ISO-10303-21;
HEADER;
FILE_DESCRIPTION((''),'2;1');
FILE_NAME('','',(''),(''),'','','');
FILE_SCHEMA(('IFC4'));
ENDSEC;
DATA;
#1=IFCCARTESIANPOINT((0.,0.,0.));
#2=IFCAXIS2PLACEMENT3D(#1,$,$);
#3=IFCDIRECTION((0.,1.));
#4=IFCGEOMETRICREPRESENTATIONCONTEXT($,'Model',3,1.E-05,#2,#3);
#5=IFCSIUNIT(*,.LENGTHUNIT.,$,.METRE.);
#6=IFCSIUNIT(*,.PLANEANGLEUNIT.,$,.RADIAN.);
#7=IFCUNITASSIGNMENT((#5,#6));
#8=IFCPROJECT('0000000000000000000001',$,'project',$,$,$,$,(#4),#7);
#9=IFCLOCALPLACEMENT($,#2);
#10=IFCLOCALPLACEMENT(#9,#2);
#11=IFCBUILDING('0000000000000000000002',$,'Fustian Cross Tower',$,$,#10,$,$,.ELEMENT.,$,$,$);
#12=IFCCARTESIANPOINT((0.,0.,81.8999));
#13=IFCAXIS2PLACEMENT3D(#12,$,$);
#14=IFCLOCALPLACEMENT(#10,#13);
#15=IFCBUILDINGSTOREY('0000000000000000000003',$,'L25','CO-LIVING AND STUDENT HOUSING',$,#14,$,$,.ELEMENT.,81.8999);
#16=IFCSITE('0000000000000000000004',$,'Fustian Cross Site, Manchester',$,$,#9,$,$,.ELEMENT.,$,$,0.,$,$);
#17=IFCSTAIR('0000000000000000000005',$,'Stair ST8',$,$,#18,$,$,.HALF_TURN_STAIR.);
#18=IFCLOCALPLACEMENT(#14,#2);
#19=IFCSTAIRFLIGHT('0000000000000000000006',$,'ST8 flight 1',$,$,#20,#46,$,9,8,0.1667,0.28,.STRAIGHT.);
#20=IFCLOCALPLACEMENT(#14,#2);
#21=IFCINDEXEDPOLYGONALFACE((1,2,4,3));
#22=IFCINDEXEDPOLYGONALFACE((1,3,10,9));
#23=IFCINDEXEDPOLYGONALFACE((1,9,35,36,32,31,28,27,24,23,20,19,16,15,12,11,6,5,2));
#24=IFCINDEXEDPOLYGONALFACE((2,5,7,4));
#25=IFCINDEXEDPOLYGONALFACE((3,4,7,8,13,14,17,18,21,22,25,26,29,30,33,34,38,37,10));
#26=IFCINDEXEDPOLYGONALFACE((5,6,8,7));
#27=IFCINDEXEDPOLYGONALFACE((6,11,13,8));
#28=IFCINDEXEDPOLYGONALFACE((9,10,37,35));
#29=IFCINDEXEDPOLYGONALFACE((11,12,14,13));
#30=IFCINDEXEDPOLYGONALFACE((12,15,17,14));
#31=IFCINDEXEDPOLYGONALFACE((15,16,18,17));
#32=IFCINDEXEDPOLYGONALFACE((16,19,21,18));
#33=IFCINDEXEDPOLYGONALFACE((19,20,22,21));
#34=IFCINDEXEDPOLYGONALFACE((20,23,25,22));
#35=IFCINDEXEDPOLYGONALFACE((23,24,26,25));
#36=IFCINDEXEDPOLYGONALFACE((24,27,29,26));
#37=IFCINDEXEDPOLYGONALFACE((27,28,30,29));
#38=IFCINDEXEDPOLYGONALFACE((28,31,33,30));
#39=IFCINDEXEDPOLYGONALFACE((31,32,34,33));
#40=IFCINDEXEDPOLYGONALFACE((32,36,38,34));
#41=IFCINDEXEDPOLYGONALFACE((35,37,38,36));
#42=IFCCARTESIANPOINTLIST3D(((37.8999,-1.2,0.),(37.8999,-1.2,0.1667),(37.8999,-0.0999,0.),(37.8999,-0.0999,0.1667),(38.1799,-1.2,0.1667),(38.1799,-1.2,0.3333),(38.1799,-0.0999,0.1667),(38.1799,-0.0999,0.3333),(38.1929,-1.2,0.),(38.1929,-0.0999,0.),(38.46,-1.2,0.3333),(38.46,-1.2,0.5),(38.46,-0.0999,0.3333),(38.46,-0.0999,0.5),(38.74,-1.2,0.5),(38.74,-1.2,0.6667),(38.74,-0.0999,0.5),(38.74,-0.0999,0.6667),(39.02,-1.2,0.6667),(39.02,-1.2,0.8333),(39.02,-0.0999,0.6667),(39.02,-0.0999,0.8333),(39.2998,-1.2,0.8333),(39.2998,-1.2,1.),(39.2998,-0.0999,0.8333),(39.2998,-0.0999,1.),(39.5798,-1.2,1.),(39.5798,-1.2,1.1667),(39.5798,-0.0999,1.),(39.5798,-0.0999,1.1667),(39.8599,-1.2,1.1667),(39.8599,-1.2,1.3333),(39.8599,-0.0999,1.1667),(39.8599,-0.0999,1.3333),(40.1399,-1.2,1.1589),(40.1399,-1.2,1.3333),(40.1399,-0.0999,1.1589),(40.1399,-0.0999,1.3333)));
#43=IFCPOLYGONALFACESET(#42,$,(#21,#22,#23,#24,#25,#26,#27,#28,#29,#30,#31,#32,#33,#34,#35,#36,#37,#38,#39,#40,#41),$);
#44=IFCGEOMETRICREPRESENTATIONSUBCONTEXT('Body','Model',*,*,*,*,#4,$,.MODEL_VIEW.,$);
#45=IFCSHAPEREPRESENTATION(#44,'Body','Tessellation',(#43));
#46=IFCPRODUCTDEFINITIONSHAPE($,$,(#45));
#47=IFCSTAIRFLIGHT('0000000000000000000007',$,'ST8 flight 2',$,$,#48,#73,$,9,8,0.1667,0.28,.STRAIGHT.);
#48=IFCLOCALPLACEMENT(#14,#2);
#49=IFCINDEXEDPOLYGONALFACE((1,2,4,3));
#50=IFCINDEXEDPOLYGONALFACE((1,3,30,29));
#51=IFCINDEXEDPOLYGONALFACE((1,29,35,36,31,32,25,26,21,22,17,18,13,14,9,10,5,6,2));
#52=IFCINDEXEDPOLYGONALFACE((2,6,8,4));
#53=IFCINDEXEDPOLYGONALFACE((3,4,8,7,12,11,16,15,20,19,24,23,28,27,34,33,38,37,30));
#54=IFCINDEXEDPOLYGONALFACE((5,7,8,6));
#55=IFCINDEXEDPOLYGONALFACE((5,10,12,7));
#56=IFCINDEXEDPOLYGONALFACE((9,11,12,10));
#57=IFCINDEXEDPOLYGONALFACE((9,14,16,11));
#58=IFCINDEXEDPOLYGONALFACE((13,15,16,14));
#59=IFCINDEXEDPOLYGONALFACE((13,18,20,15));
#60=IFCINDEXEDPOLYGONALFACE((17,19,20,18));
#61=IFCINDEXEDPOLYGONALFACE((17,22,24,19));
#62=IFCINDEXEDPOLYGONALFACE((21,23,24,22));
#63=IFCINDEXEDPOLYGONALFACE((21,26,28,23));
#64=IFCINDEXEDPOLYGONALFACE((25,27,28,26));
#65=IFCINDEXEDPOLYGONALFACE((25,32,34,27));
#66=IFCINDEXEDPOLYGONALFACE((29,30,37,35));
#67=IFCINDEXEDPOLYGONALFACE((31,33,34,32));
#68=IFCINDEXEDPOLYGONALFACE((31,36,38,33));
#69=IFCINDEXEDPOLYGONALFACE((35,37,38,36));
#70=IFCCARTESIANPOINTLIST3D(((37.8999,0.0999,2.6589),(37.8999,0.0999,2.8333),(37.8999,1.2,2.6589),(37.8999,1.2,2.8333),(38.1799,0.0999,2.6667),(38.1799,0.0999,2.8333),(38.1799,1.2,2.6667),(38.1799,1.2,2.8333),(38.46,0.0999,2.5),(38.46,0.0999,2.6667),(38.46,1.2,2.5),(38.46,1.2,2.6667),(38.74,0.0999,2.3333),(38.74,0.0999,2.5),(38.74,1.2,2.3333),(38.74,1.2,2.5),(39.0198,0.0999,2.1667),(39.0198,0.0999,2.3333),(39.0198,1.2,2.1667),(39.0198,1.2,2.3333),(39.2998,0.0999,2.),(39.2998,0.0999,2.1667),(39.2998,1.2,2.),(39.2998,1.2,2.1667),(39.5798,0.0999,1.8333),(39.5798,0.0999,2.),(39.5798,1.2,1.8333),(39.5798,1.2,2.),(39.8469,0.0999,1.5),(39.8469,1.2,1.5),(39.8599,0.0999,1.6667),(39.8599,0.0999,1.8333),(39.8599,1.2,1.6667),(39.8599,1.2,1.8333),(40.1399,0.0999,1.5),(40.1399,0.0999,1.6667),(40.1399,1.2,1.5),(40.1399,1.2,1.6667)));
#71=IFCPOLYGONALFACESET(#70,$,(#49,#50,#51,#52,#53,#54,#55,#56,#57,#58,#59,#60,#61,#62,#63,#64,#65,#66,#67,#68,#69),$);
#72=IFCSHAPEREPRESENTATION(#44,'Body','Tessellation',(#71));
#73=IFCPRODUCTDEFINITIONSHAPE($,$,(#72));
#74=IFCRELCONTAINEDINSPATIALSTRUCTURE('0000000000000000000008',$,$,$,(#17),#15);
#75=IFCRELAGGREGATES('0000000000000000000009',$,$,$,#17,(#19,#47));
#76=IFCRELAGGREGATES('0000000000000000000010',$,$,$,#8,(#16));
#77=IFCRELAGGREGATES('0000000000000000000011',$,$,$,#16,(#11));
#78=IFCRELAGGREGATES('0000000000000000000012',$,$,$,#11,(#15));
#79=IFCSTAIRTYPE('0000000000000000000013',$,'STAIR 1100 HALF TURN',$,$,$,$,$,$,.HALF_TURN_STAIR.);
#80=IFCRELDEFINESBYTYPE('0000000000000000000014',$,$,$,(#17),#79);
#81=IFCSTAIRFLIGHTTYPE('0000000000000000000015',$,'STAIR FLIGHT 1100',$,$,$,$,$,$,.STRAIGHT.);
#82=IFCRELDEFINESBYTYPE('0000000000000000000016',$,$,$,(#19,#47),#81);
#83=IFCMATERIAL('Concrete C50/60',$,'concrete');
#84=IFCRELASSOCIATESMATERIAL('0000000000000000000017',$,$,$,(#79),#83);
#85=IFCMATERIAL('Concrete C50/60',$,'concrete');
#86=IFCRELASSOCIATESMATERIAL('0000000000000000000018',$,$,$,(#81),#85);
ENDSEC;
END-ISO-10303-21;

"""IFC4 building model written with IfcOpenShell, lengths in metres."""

from ifc_helpers import new_model, si_unit, direction, frame, origin, place, context, subcontext, project, spatial, polyline, outline, extrude, material, type_object, element, aggregate, save


model = new_model("IFC4")

# Units and contexts
model_context = context("Model", 3, precision=1e-05, world=origin(), true_north=direction((0.0, 1.0)))
body_context = subcontext(model_context, "Body", "Model", "MODEL_VIEW")
ifc_project = project(units=[si_unit("LENGTHUNIT", "METRE"), si_unit("PLANEANGLEUNIT", "RADIAN")], contexts=[model_context])

# Site, building, storey
site_placement = place(None, origin())
site = spatial("IfcSite", under=ifc_project, at=site_placement, Name="Fustian Cross Site, Manchester", CompositionType="ELEMENT", RefElevation=0.0)
building_placement = place(site_placement, origin())
building = spatial("IfcBuilding", under=site, at=building_placement, Name="Fustian Cross Tower", CompositionType="ELEMENT")
storey_placement = place(building_placement, frame((0.0, 0.0, 81.8999)))
storey = spatial("IfcBuildingStorey", under=building, at=storey_placement, Name="L25", Description="CO-LIVING AND STUDENT HOUSING", CompositionType="ELEMENT", Elevation=81.8999)

# Stair, stair flights
ifc_material_1 = material(Name="Concrete C50/60", Category="concrete")
stair_type = type_object("IfcStairType", Name="STAIR 1100 HALF TURN", PredefinedType="HALF_TURN_STAIR", material=ifc_material_1)
stair_placement = place(storey_placement, origin())
stair = element("IfcStair", 1, at=stair_placement, inside=storey, type_object=stair_type, Name="Stair ST8", PredefinedType="HALF_TURN_STAIR")
ifc_material_2 = material(Name="Concrete C50/60", Category="concrete")
stair_flight_type = type_object("IfcStairFlightType", Name="STAIR FLIGHT 1100", PredefinedType="STRAIGHT", material=ifc_material_2)
stair_flight_1_placement = place(storey_placement, frame((37.8999, -0.6499, 0.0), z_axis=(0.0, 0.0, 1.0), x_axis=(1.0, 0.0, 0.0)))
stair_flight_1 = element("IfcStairFlight", 2, at=stair_flight_1_placement, type_object=stair_flight_type, Name="ST8 flight 1", NumberOfRisers=9, NumberOfTreads=8, PredefinedType="STRAIGHT", RiserHeight=0.1667, TreadLength=0.28, context=body_context, shape_type="SweptSolid", body=[
    extrude(outline(polyline([(0.0, 0.0), (0.0, 0.1667), (0.28, 0.1667), (0.28, 0.3333), (0.5601, 0.3333), (0.5601, 0.5), (0.8401, 0.5), (0.8401, 0.6667), (1.1201, 0.6667), (1.1201, 0.8333), (1.3999, 0.8333), (1.3999, 1.0), (1.6799, 1.0), (1.6799, 1.1667), (1.96, 1.1667), (1.96, 1.3333), (2.24, 1.3333), (2.24, 1.5), (2.24, 1.1589), (0.293, 0.0), (0.0, 0.0)])), frame((0.0, 0.55, 0.0), z_axis=(0.0, -1.0, 0.0), x_axis=(1.0, 0.0, 0.0)), (0.0, 0.0, 1.0), 1.1001),
])
stair_flight_2_placement = place(storey_placement, frame((40.1399, 0.6499, 1.5), z_axis=(0.0, 0.0, 1.0), x_axis=(-1.0, 0.0, 0.0)))
stair_flight_2 = element("IfcStairFlight", 3, at=stair_flight_2_placement, type_object=stair_flight_type, Name="ST8 flight 2", NumberOfRisers=9, NumberOfTreads=8, PredefinedType="STRAIGHT", RiserHeight=0.1667, TreadLength=0.28, context=body_context, shape_type="SweptSolid", body=[
    extrude(outline(polyline([(0.0, 0.0), (0.0, 0.1667), (0.28, 0.1667), (0.28, 0.3333), (0.5601, 0.3333), (0.5601, 0.5), (0.8401, 0.5), (0.8401, 0.6667), (1.1201, 0.6667), (1.1201, 0.8333), (1.3999, 0.8333), (1.3999, 1.0), (1.6799, 1.0), (1.6799, 1.1667), (1.96, 1.1667), (1.96, 1.3333), (2.24, 1.3333), (2.24, 1.5), (2.24, 1.1589), (0.293, 0.0), (0.0, 0.0)])), frame((0.0, 0.55, 0.0), z_axis=(0.0, -1.0, 0.0), x_axis=(1.0, 0.0, 0.0)), (0.0, 0.0, 1.0), 1.1001),
])
aggregate(stair, [stair_flight_1, stair_flight_2])

save(model, "model.ifc")
